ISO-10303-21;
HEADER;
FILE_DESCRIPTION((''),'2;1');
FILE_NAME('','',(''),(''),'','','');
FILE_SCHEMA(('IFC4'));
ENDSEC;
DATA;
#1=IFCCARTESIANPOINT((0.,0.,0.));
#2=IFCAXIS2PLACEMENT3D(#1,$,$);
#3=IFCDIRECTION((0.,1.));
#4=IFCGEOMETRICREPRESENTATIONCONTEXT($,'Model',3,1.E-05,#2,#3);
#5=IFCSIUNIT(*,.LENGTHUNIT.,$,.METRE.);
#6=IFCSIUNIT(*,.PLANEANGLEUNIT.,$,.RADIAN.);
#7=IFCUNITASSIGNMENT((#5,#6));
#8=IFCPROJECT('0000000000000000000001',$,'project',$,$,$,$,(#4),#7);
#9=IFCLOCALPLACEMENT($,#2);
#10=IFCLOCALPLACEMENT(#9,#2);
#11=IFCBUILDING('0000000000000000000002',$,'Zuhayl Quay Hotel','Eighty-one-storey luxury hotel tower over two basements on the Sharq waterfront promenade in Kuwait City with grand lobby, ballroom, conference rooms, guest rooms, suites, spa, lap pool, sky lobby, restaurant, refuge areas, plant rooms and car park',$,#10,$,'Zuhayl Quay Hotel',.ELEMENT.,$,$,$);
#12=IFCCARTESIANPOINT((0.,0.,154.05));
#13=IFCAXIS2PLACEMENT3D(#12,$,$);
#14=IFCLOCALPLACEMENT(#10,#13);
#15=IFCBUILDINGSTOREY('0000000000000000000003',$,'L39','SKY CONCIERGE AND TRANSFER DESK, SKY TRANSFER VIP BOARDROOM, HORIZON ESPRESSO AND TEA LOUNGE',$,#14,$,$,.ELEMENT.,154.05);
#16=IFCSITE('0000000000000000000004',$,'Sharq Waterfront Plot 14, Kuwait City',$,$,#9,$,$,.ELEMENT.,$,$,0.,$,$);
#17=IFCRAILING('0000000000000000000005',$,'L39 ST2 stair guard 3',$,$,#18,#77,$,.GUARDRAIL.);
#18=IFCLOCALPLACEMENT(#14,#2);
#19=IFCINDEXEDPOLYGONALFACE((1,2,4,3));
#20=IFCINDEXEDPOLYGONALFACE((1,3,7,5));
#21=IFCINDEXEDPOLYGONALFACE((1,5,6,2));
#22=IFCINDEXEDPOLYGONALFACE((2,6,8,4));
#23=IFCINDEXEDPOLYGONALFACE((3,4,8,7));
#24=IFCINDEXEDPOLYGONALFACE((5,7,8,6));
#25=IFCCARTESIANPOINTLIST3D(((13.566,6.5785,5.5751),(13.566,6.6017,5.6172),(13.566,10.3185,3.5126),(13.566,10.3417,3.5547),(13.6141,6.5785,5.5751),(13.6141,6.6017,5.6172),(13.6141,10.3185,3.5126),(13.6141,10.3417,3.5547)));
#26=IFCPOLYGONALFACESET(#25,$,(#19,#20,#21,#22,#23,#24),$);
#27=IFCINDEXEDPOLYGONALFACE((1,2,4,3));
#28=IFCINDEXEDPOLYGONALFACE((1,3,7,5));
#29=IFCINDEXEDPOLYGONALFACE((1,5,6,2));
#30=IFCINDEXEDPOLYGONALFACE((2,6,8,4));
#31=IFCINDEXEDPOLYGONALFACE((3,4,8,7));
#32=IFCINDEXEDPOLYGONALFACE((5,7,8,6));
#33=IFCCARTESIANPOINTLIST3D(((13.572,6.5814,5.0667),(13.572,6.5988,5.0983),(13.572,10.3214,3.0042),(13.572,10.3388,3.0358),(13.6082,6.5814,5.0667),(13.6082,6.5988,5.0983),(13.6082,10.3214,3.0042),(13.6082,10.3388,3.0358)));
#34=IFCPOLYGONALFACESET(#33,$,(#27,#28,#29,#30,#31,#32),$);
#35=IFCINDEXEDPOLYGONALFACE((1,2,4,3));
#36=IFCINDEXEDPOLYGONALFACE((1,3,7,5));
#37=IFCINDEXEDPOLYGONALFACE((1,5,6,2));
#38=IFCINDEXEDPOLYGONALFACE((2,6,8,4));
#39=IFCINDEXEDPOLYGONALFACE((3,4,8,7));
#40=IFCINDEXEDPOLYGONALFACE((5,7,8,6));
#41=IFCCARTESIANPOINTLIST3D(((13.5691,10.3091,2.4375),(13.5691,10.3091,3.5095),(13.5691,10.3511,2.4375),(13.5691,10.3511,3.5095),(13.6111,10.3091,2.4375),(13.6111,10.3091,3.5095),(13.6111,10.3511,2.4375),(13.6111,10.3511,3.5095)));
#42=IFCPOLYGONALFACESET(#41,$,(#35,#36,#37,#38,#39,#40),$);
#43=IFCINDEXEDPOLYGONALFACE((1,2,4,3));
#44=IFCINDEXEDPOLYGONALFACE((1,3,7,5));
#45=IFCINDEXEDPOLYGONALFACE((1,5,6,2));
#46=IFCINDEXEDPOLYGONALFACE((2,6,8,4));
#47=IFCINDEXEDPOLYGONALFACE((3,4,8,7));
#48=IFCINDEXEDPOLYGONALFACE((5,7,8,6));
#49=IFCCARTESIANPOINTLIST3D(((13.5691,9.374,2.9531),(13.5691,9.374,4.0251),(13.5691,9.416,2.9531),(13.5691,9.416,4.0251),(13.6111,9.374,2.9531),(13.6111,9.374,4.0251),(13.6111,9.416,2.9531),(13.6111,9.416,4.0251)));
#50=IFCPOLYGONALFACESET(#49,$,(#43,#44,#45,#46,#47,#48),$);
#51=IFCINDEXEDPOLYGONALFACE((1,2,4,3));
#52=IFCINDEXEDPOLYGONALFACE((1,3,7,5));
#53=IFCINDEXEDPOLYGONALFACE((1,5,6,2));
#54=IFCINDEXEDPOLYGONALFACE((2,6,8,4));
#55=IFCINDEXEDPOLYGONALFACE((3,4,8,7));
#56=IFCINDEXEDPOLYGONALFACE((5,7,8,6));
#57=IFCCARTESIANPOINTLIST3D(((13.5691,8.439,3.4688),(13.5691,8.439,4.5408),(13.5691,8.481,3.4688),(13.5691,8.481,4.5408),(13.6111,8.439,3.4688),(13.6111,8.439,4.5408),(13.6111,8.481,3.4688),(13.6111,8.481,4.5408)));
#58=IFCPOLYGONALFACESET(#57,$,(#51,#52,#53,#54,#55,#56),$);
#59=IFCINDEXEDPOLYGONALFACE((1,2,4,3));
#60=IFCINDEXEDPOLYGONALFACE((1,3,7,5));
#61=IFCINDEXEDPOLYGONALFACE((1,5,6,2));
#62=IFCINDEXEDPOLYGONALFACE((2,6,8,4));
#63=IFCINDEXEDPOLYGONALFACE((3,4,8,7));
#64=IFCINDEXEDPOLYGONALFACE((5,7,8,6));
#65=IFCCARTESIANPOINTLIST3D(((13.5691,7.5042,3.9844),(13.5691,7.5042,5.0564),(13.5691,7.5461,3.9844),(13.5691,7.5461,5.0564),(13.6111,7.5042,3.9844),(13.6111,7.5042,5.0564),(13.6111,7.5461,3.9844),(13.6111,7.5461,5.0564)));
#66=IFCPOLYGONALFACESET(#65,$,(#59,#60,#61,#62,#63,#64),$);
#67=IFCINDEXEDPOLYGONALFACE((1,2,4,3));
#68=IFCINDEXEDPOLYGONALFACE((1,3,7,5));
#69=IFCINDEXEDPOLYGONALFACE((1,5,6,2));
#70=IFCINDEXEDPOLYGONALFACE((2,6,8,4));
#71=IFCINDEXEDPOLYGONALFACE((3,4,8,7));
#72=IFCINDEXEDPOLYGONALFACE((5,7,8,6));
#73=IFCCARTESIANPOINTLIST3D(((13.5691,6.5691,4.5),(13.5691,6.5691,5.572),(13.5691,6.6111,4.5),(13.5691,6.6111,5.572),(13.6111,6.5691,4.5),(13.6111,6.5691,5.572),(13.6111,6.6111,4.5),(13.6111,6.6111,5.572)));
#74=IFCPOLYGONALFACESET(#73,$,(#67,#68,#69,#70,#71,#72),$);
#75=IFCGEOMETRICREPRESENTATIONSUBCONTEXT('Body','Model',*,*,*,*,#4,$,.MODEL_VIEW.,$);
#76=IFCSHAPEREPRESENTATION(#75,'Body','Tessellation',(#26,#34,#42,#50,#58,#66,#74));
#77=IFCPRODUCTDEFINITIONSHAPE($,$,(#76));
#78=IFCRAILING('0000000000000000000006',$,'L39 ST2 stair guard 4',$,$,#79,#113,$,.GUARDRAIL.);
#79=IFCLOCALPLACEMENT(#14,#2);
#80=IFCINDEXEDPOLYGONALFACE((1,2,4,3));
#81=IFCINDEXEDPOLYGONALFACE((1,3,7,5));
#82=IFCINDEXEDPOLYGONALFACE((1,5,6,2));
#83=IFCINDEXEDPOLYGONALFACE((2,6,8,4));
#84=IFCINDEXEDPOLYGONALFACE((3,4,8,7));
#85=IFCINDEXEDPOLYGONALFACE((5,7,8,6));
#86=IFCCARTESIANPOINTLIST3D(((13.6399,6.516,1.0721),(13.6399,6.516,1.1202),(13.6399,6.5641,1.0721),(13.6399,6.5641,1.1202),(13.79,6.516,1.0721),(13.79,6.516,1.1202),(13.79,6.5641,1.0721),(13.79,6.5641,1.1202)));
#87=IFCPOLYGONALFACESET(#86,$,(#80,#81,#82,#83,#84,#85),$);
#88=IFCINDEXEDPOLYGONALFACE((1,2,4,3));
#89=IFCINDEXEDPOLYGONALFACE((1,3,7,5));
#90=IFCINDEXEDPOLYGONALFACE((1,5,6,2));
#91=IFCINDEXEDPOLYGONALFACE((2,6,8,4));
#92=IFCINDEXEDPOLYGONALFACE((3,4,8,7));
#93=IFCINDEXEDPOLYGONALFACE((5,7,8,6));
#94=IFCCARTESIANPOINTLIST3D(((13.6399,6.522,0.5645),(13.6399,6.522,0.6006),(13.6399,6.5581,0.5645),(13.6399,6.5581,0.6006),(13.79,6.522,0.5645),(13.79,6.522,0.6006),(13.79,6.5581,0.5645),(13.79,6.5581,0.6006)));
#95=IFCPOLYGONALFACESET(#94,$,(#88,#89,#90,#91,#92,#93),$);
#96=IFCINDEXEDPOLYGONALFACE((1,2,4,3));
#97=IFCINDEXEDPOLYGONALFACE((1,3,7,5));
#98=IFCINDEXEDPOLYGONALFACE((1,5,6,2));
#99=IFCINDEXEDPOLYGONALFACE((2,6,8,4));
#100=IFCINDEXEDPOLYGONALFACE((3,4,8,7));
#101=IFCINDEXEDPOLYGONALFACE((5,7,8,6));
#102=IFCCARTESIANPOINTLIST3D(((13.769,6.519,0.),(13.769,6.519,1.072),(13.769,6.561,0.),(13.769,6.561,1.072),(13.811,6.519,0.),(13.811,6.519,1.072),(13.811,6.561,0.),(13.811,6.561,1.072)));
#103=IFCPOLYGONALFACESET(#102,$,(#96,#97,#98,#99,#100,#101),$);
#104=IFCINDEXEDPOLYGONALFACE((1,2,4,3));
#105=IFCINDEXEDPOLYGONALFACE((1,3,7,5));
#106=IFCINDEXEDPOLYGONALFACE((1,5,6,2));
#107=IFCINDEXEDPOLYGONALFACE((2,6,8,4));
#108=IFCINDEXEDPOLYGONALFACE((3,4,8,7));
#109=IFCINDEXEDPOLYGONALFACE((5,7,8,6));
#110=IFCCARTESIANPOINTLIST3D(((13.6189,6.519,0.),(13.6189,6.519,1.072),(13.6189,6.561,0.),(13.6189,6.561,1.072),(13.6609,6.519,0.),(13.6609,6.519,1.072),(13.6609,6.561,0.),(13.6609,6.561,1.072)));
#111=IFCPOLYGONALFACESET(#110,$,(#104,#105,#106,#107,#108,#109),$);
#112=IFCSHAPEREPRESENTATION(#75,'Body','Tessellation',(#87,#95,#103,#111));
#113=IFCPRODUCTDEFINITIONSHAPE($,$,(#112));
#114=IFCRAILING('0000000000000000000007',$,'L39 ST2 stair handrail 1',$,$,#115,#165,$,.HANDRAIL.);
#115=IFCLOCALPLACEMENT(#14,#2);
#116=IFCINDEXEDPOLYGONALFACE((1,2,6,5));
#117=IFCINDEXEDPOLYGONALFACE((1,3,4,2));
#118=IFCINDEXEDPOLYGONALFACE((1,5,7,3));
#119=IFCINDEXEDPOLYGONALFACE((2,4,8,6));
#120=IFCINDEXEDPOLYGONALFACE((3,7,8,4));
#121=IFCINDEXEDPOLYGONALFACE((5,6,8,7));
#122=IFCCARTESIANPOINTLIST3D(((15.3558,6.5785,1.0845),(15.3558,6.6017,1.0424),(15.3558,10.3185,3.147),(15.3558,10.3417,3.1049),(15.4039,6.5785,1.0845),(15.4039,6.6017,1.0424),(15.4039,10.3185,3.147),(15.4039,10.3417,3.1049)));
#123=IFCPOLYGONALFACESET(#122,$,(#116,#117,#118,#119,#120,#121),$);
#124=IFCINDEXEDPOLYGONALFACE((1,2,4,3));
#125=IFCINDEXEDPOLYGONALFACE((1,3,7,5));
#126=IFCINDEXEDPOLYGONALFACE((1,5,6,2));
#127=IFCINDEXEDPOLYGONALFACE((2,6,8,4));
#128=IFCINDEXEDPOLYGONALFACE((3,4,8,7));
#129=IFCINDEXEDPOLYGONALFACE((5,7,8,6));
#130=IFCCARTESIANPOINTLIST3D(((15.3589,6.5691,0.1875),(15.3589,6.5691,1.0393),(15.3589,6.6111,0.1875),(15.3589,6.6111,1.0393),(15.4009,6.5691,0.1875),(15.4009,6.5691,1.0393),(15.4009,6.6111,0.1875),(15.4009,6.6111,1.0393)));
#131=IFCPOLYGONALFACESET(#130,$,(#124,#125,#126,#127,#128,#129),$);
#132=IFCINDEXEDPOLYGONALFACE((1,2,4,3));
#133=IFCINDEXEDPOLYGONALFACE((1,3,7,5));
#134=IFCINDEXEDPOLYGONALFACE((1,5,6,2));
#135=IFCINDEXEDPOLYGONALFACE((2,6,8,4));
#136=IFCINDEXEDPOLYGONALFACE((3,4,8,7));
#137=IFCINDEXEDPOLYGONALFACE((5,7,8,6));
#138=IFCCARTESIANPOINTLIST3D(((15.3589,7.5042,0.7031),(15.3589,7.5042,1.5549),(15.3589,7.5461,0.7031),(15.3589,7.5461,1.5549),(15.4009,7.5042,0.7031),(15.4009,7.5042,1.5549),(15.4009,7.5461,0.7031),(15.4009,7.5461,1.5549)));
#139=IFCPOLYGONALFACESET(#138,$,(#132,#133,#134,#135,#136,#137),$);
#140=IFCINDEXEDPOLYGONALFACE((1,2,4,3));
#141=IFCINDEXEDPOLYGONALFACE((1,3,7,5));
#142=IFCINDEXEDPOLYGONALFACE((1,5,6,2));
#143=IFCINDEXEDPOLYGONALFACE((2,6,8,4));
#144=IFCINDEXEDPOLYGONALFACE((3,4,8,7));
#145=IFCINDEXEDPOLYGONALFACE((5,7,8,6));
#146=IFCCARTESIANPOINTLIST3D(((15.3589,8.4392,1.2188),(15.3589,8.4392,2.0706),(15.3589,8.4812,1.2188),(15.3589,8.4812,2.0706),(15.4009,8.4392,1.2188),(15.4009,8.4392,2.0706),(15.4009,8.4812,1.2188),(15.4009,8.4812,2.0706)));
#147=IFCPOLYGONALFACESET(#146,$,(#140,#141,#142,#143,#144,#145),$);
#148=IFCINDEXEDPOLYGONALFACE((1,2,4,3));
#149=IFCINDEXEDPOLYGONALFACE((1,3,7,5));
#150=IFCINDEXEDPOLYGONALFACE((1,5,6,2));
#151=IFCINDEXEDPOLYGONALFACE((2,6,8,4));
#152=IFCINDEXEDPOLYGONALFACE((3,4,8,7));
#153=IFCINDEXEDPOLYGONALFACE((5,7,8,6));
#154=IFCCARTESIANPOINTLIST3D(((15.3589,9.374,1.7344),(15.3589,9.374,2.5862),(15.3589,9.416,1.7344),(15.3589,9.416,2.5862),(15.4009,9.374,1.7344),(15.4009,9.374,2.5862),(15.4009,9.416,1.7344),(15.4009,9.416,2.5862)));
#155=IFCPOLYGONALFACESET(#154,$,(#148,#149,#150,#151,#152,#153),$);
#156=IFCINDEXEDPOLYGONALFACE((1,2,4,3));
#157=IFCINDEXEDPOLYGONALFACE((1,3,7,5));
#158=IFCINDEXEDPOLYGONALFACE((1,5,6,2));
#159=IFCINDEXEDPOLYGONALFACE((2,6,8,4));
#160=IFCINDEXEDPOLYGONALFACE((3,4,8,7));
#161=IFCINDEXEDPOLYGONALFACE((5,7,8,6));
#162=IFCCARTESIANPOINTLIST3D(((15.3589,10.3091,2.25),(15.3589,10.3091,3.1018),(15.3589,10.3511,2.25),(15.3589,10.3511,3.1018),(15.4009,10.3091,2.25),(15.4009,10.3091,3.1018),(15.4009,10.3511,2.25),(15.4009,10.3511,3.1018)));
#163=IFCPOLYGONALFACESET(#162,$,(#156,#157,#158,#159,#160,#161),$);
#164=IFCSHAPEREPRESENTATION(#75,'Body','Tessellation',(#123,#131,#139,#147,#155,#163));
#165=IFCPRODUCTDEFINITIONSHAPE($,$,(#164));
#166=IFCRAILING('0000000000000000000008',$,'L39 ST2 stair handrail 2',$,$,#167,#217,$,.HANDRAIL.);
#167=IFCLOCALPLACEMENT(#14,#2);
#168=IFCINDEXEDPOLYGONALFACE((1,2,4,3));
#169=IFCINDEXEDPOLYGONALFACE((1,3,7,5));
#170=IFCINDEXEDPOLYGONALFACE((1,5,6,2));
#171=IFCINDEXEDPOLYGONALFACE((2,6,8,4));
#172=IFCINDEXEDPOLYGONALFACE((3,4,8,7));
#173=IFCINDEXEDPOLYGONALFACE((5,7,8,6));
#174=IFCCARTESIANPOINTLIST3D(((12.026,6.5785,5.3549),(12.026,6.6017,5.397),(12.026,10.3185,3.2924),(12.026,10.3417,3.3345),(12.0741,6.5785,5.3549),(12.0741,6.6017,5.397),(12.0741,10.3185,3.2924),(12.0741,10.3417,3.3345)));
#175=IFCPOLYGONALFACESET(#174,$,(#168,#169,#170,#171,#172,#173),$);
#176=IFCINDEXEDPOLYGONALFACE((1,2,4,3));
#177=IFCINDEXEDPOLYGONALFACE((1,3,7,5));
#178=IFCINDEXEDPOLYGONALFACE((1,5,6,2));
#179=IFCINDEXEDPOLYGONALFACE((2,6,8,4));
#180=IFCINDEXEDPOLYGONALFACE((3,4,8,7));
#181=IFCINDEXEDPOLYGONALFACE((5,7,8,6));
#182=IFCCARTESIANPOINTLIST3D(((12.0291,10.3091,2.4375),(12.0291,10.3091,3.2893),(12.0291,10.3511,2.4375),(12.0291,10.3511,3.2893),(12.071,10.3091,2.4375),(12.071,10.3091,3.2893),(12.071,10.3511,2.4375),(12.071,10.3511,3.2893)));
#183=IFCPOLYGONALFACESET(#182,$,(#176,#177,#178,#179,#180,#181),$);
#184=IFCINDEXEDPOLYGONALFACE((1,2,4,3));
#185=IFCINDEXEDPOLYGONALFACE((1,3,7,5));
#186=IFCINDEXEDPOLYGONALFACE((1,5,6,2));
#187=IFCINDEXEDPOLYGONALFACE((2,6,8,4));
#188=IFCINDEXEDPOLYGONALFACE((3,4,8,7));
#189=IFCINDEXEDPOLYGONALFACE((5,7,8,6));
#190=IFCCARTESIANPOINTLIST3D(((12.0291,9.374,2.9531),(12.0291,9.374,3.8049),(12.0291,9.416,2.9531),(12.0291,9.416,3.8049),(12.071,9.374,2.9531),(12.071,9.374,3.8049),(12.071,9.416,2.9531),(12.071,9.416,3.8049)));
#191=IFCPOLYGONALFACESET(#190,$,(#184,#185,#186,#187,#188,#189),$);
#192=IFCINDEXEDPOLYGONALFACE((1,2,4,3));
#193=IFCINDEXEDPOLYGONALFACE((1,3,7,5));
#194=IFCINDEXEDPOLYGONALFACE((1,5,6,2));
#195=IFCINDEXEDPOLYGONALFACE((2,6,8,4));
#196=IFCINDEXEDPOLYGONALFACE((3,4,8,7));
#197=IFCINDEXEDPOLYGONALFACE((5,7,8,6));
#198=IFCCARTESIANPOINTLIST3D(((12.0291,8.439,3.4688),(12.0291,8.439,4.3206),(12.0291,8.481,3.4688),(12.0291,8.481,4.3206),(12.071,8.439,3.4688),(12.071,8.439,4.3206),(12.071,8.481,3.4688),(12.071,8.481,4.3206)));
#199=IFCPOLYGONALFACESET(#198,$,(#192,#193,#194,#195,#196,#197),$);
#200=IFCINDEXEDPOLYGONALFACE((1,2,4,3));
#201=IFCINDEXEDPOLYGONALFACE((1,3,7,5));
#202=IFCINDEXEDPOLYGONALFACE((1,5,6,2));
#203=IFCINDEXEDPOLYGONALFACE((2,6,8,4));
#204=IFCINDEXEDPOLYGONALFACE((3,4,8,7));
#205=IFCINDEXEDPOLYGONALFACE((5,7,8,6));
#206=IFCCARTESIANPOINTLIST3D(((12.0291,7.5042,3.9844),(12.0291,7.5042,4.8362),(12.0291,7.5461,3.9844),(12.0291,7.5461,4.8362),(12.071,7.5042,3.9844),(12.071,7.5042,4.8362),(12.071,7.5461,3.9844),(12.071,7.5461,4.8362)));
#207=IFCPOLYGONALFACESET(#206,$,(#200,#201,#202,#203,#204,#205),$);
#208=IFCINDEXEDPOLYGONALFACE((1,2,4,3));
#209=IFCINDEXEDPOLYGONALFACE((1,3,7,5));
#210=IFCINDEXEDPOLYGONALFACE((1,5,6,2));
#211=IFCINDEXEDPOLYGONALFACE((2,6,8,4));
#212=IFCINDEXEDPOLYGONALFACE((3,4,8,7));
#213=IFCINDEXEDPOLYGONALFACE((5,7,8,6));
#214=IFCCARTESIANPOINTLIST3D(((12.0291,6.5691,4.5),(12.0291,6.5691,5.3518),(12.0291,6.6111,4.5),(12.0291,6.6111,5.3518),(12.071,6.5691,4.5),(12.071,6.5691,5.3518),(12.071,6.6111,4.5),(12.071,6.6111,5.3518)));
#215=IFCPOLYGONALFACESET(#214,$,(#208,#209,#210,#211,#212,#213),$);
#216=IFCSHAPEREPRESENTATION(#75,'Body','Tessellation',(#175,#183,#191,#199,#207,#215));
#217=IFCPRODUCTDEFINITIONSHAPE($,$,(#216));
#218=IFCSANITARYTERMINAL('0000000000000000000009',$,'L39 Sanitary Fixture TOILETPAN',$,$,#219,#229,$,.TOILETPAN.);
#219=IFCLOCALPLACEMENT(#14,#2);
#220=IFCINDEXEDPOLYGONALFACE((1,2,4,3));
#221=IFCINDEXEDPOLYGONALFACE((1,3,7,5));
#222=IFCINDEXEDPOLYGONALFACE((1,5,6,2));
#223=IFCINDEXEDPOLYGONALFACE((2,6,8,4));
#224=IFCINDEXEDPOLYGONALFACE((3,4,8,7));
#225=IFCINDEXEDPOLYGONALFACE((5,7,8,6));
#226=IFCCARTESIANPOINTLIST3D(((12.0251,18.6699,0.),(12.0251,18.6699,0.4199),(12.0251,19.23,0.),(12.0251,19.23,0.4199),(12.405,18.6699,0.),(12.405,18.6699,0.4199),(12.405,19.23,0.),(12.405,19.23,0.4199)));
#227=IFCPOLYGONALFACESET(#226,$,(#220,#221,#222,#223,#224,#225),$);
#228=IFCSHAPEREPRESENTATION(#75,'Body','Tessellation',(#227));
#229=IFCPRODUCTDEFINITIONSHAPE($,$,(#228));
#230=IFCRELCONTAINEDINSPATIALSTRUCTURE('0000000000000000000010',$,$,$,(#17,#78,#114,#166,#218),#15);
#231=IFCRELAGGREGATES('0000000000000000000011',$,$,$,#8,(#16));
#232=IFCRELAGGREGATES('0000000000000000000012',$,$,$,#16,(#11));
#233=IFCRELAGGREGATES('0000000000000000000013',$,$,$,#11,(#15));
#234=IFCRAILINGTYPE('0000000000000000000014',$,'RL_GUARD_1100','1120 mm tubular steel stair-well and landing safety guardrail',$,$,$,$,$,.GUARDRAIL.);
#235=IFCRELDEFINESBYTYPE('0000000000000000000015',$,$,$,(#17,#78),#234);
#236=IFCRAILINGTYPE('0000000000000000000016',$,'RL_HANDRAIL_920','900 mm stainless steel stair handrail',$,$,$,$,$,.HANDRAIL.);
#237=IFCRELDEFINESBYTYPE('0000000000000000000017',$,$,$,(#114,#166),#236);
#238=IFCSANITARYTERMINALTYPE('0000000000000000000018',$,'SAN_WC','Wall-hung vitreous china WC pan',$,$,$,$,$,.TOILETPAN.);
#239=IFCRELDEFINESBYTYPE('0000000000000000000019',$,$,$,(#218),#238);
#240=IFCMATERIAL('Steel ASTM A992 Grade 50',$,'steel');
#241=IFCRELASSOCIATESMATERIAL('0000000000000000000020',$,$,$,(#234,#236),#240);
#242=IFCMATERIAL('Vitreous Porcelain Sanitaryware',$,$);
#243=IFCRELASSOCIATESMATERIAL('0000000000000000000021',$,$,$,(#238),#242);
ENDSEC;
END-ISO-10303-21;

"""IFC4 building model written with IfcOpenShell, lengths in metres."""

from ifc_helpers import new_model, si_unit, direction, frame, origin, origin_2d, place, context, subcontext, project, spatial, rectangle, extrude, material, type_object, element, save


model = new_model("IFC4")

# Units and contexts
model_context = context("Model", 3, precision=1e-05, world=origin(), true_north=direction((0.0, 1.0)))
body_context = subcontext(model_context, "Body", "Model", "MODEL_VIEW")
ifc_project = project(units=[si_unit("LENGTHUNIT", "METRE"), si_unit("PLANEANGLEUNIT", "RADIAN")], contexts=[model_context])

# Site, building, storey
site_placement = place(None, origin())
site = spatial("IfcSite", under=ifc_project, at=site_placement, Name="Sharq Waterfront Plot 14, Kuwait City", CompositionType="ELEMENT", RefElevation=0.0)
building_placement = place(site_placement, origin())
building = spatial("IfcBuilding", under=site, at=building_placement, Name="Zuhayl Quay Hotel", Description="Eighty-one-storey luxury hotel tower over two basements on the Sharq waterfront promenade in Kuwait City with grand lobby, ballroom, conference rooms, guest rooms, suites, spa, lap pool, sky lobby, restaurant, refuge areas, plant rooms and car park", LongName="Zuhayl Quay Hotel", CompositionType="ELEMENT")
storey_placement = place(building_placement, frame((0.0, 0.0, 154.05)))
storey = spatial("IfcBuildingStorey", under=building, at=storey_placement, Name="L39", Description="SKY CONCIERGE AND TRANSFER DESK, SKY TRANSFER VIP BOARDROOM, HORIZON ESPRESSO AND TEA LOUNGE", CompositionType="ELEMENT", Elevation=154.05)

# Shared definitions
ifc_material_1 = material(Name="Steel ASTM A992 Grade 50", Category="steel")

# Railings
railing_type_1 = type_object("IfcRailingType", Name="RL_GUARD_1100", Description="1120 mm tubular steel stair-well and landing safety guardrail", PredefinedType="GUARDRAIL", material=ifc_material_1)
railing_1_placement = place(storey_placement, frame((13.5901, 10.3301, 2.4375)))
element("IfcRailing", 1, at=railing_1_placement, inside=storey, type_object=railing_type_1, Name="L39 ST2 stair guard 3", PredefinedType="GUARDRAIL", context=body_context, shape_type="SweptSolid", body=[
    extrude(rectangle(XDim=0.0481, YDim=0.0481, at=origin_2d()), frame((0.0, 0.0, 1.0962), z_axis=(0.0, -0.875671, 0.482908), x_axis=(1.0, 0.0, 0.0)), (0.0, 0.0, 1.0), 4.271),
    extrude(rectangle(XDim=0.0361, YDim=0.0361, at=origin_2d()), frame((0.0, 0.0, 0.5825), z_axis=(0.0, -0.875671, 0.482908), x_axis=(1.0, 0.0, 0.0)), (0.0, 0.0, 1.0), 4.271),
    extrude(rectangle(XDim=0.042, YDim=0.042, at=origin_2d()), origin(), (0.0, 0.0, 1.0), 1.072),
    extrude(rectangle(XDim=0.042, YDim=0.042, at=origin_2d()), frame((0.0, -0.9351, 0.5156)), (0.0, 0.0, 1.0), 1.072),
    extrude(rectangle(XDim=0.042, YDim=0.042, at=origin_2d()), frame((0.0, -1.8701, 1.0312)), (0.0, 0.0, 1.0), 1.072),
    extrude(rectangle(XDim=0.042, YDim=0.042, at=origin_2d()), frame((0.0, -2.8049, 1.5469)), (0.0, 0.0, 1.0), 1.072),
    extrude(rectangle(XDim=0.042, YDim=0.042, at=origin_2d()), frame((0.0, -3.74, 2.0625)), (0.0, 0.0, 1.0), 1.072),
])
railing_2_placement = place(storey_placement, frame((13.79, 6.54, 0.0)))
element("IfcRailing", 2, at=railing_2_placement, inside=storey, type_object=railing_type_1, Name="L39 ST2 stair guard 4", PredefinedType="GUARDRAIL", context=body_context, shape_type="SweptSolid", body=[
    extrude(rectangle(XDim=0.0481, YDim=0.0481, at=origin_2d()), frame((0.0, 0.0, 1.0962), z_axis=(-1.0, 0.0, 0.0), x_axis=(0.0, -1.0, 0.0)), (0.0, 0.0, 1.0), 0.1501),
    extrude(rectangle(XDim=0.0361, YDim=0.0361, at=origin_2d()), frame((0.0, 0.0, 0.5825), z_axis=(-1.0, 0.0, 0.0), x_axis=(0.0, -1.0, 0.0)), (0.0, 0.0, 1.0), 0.1501),
    extrude(rectangle(XDim=0.042, YDim=0.042, at=origin_2d()), origin(), (0.0, 0.0, 1.0), 1.072),
    extrude(rectangle(XDim=0.042, YDim=0.042, at=origin_2d()), frame((-0.1501, 0.0, 0.0)), (0.0, 0.0, 1.0), 1.072),
])
railing_type_2 = type_object("IfcRailingType", Name="RL_HANDRAIL_920", Description="900 mm stainless steel stair handrail", PredefinedType="HANDRAIL", material=ifc_material_1)
railing_3_placement = place(storey_placement, frame((15.3799, 6.5901, 0.1875)))
element("IfcRailing", 3, at=railing_3_placement, inside=storey, type_object=railing_type_2, Name="L39 ST2 stair handrail 1", PredefinedType="HANDRAIL", context=body_context, shape_type="SweptSolid", body=[
    extrude(rectangle(XDim=0.0481, YDim=0.0481, at=origin_2d()), frame((0.0, 0.0, 0.876), z_axis=(0.0, 0.875671, 0.482908), x_axis=(-1.0, 0.0, 0.0)), (0.0, 0.0, 1.0), 4.271),
    extrude(rectangle(XDim=0.042, YDim=0.042, at=origin_2d()), origin(), (0.0, 0.0, 1.0), 0.8518),
    extrude(rectangle(XDim=0.042, YDim=0.042, at=origin_2d()), frame((0.0, 0.9351, 0.5156)), (0.0, 0.0, 1.0), 0.8518),
    extrude(rectangle(XDim=0.042, YDim=0.042, at=origin_2d()), frame((0.0, 1.8701, 1.0312)), (0.0, 0.0, 1.0), 0.8518),
    extrude(rectangle(XDim=0.042, YDim=0.042, at=origin_2d()), frame((0.0, 2.8049, 1.5469)), (0.0, 0.0, 1.0), 0.8518),
    extrude(rectangle(XDim=0.042, YDim=0.042, at=origin_2d()), frame((0.0, 3.74, 2.0625)), (0.0, 0.0, 1.0), 0.8518),
])
railing_4_placement = place(storey_placement, frame((12.05, 10.3301, 2.4375)))
element("IfcRailing", 4, at=railing_4_placement, inside=storey, type_object=railing_type_2, Name="L39 ST2 stair handrail 2", PredefinedType="HANDRAIL", context=body_context, shape_type="SweptSolid", body=[
    extrude(rectangle(XDim=0.0481, YDim=0.0481, at=origin_2d()), frame((0.0, 0.0, 0.876), z_axis=(0.0, -0.875671, 0.482908), x_axis=(1.0, 0.0, 0.0)), (0.0, 0.0, 1.0), 4.271),
    extrude(rectangle(XDim=0.042, YDim=0.042, at=origin_2d()), origin(), (0.0, 0.0, 1.0), 0.8518),
    extrude(rectangle(XDim=0.042, YDim=0.042, at=origin_2d()), frame((0.0, -0.9351, 0.5156)), (0.0, 0.0, 1.0), 0.8518),
    extrude(rectangle(XDim=0.042, YDim=0.042, at=origin_2d()), frame((0.0, -1.8701, 1.0312)), (0.0, 0.0, 1.0), 0.8518),
    extrude(rectangle(XDim=0.042, YDim=0.042, at=origin_2d()), frame((0.0, -2.8049, 1.5469)), (0.0, 0.0, 1.0), 0.8518),
    extrude(rectangle(XDim=0.042, YDim=0.042, at=origin_2d()), frame((0.0, -3.74, 2.0625)), (0.0, 0.0, 1.0), 0.8518),
])

# Sanitary terminal
ifc_material_2 = material(Name="Vitreous Porcelain Sanitaryware")
sanitary_terminal_type = type_object("IfcSanitaryTerminalType", Name="SAN_WC", Description="Wall-hung vitreous china WC pan", PredefinedType="TOILETPAN", material=ifc_material_2)
sanitary_terminal_placement = place(storey_placement, frame((12.2151, 18.95, 0.0), z_axis=(0.0, 0.0, 1.0), x_axis=(1.0, 0.0, 0.0)))
element("IfcSanitaryTerminal", 5, at=sanitary_terminal_placement, inside=storey, type_object=sanitary_terminal_type, Name="L39 Sanitary Fixture TOILETPAN", PredefinedType="TOILETPAN", context=body_context, shape_type="SweptSolid", body=[
    extrude(rectangle(XDim=0.3799, YDim=0.5601, at=origin_2d()), origin(), (0.0, 0.0, 1.0), 0.4199),
])

save(model, "model.ifc")
